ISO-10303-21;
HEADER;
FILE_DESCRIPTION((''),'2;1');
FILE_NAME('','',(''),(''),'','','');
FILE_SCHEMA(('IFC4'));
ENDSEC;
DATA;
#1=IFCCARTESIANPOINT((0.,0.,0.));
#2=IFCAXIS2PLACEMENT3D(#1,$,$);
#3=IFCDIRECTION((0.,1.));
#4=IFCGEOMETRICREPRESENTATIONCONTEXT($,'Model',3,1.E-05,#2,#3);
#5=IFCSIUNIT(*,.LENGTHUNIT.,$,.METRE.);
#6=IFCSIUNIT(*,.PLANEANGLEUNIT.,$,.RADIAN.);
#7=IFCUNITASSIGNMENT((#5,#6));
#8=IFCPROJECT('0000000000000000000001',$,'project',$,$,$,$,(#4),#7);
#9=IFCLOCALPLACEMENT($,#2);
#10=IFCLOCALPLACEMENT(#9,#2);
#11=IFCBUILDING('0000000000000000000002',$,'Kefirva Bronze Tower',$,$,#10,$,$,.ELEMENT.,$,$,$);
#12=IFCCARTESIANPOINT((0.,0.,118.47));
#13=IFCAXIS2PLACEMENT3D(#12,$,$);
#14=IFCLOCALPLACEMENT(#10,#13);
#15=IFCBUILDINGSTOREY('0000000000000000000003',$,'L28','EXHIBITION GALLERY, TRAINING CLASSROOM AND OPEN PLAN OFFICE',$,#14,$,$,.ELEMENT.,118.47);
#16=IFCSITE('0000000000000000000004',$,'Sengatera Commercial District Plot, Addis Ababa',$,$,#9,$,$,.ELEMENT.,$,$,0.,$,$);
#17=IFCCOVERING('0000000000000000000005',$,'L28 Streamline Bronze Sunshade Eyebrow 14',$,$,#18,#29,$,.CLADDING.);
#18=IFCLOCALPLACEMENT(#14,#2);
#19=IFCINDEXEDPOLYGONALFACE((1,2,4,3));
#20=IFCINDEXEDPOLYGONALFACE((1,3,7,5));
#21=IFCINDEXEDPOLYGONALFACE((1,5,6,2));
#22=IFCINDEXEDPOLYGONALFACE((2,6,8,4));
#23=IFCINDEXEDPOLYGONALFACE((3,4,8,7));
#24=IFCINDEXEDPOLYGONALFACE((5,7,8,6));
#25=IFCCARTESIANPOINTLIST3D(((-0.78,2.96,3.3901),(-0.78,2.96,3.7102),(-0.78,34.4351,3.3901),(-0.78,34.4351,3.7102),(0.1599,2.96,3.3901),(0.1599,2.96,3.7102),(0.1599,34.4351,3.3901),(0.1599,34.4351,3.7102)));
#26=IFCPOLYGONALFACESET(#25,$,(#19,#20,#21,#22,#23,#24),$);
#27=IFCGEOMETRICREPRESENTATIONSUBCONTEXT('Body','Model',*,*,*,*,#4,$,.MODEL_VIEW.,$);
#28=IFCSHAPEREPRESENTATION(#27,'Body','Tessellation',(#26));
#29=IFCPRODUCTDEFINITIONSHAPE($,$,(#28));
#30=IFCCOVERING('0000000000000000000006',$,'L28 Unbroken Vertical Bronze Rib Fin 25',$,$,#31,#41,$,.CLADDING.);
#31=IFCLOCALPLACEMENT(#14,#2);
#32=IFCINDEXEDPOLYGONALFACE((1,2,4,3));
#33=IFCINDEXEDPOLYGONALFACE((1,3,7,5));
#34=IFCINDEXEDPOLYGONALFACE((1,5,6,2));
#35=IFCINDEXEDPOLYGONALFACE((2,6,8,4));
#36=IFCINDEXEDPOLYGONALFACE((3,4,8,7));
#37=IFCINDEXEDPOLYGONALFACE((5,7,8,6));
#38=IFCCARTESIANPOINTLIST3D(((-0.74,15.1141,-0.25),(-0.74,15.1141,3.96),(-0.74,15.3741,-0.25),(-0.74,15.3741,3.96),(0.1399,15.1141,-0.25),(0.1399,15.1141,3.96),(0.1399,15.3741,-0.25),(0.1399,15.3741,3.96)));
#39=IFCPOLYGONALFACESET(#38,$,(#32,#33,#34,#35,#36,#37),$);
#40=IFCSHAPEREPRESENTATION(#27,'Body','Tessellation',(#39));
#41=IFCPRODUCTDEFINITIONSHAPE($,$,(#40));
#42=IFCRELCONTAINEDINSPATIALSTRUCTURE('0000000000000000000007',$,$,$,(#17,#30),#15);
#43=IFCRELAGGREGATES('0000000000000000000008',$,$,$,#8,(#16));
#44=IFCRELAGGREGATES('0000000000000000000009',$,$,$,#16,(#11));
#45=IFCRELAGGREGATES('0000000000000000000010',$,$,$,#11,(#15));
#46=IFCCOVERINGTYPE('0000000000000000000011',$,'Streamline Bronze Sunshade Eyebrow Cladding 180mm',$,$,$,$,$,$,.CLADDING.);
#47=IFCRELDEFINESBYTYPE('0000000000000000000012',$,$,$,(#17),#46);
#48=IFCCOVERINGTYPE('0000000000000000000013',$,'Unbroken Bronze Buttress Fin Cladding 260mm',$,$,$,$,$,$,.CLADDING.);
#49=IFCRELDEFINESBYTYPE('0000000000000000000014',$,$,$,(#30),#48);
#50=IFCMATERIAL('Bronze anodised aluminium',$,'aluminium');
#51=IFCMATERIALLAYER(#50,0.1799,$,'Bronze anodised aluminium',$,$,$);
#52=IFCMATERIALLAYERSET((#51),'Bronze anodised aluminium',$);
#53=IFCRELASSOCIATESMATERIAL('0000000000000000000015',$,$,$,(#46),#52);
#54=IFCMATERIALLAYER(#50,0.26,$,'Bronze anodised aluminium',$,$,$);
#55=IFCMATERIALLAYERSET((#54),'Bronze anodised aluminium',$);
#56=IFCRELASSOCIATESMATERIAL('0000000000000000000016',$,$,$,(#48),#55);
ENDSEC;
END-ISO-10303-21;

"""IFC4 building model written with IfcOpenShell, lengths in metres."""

from ifc_helpers import new_model, si_unit, direction, frame, origin, origin_2d, place, context, subcontext, project, spatial, rectangle, extrude, material, layer, layer_set, type_object, element, save


model = new_model("IFC4")

# Units and contexts
model_context = context("Model", 3, precision=1e-05, world=origin(), true_north=direction((0.0, 1.0)))
body_context = subcontext(model_context, "Body", "Model", "MODEL_VIEW")
ifc_project = project(units=[si_unit("LENGTHUNIT", "METRE"), si_unit("PLANEANGLEUNIT", "RADIAN")], contexts=[model_context])

# Site, building, storey
site_placement = place(None, origin())
site = spatial("IfcSite", under=ifc_project, at=site_placement, Name="Sengatera Commercial District Plot, Addis Ababa", CompositionType="ELEMENT", RefElevation=0.0)
building_placement = place(site_placement, origin())
building = spatial("IfcBuilding", under=site, at=building_placement, Name="Kefirva Bronze Tower", CompositionType="ELEMENT")
storey_placement = place(building_placement, frame((0.0, 0.0, 118.47)))
storey = spatial("IfcBuildingStorey", under=building, at=storey_placement, Name="L28", Description="EXHIBITION GALLERY, TRAINING CLASSROOM AND OPEN PLAN OFFICE", CompositionType="ELEMENT", Elevation=118.47)

# Shared definitions
ifc_material_1 = material(Name="Bronze anodised aluminium", Category="aluminium")

# Coverings
ifc_layer_1 = layer(ifc_material_1, 0.1799, Name="Bronze anodised aluminium")
ifc_layer_set_1 = layer_set([ifc_layer_1], Name="Bronze anodised aluminium")
covering_type_1 = type_object("IfcCoveringType", Name="Streamline Bronze Sunshade Eyebrow Cladding 180mm", PredefinedType="CLADDING", material=ifc_layer_set_1)
covering_1_placement = place(storey_placement, frame((-0.3101, 18.6975, 3.3901), z_axis=(0.0, 0.0, 1.0), x_axis=(0.0, -1.0, 0.0)))
element("IfcCovering", 1, at=covering_1_placement, inside=storey, type_object=covering_type_1, Name="L28 Streamline Bronze Sunshade Eyebrow 14", PredefinedType="CLADDING", context=body_context, shape_type="SweptSolid", body=[
    extrude(rectangle(XDim=31.4751, YDim=0.9399, at=origin_2d()), origin(), (0.0, 0.0, 1.0), 0.3201),
])
ifc_layer_2 = layer(ifc_material_1, 0.26, Name="Bronze anodised aluminium")
ifc_layer_set_2 = layer_set([ifc_layer_2], Name="Bronze anodised aluminium")
covering_type_2 = type_object("IfcCoveringType", Name="Unbroken Bronze Buttress Fin Cladding 260mm", PredefinedType="CLADDING", material=ifc_layer_set_2)
covering_2_placement = place(storey_placement, frame((-0.3, 15.2441, -0.25), z_axis=(0.0, 0.0, 1.0), x_axis=(0.0, -1.0, 0.0)))
element("IfcCovering", 2, at=covering_2_placement, inside=storey, type_object=covering_type_2, Name="L28 Unbroken Vertical Bronze Rib Fin 25", PredefinedType="CLADDING", context=body_context, shape_type="SweptSolid", body=[
    extrude(rectangle(XDim=0.26, YDim=0.8799, at=origin_2d()), origin(), (0.0, 0.0, 1.0), 4.21),
])

save(model, "model.ifc")
